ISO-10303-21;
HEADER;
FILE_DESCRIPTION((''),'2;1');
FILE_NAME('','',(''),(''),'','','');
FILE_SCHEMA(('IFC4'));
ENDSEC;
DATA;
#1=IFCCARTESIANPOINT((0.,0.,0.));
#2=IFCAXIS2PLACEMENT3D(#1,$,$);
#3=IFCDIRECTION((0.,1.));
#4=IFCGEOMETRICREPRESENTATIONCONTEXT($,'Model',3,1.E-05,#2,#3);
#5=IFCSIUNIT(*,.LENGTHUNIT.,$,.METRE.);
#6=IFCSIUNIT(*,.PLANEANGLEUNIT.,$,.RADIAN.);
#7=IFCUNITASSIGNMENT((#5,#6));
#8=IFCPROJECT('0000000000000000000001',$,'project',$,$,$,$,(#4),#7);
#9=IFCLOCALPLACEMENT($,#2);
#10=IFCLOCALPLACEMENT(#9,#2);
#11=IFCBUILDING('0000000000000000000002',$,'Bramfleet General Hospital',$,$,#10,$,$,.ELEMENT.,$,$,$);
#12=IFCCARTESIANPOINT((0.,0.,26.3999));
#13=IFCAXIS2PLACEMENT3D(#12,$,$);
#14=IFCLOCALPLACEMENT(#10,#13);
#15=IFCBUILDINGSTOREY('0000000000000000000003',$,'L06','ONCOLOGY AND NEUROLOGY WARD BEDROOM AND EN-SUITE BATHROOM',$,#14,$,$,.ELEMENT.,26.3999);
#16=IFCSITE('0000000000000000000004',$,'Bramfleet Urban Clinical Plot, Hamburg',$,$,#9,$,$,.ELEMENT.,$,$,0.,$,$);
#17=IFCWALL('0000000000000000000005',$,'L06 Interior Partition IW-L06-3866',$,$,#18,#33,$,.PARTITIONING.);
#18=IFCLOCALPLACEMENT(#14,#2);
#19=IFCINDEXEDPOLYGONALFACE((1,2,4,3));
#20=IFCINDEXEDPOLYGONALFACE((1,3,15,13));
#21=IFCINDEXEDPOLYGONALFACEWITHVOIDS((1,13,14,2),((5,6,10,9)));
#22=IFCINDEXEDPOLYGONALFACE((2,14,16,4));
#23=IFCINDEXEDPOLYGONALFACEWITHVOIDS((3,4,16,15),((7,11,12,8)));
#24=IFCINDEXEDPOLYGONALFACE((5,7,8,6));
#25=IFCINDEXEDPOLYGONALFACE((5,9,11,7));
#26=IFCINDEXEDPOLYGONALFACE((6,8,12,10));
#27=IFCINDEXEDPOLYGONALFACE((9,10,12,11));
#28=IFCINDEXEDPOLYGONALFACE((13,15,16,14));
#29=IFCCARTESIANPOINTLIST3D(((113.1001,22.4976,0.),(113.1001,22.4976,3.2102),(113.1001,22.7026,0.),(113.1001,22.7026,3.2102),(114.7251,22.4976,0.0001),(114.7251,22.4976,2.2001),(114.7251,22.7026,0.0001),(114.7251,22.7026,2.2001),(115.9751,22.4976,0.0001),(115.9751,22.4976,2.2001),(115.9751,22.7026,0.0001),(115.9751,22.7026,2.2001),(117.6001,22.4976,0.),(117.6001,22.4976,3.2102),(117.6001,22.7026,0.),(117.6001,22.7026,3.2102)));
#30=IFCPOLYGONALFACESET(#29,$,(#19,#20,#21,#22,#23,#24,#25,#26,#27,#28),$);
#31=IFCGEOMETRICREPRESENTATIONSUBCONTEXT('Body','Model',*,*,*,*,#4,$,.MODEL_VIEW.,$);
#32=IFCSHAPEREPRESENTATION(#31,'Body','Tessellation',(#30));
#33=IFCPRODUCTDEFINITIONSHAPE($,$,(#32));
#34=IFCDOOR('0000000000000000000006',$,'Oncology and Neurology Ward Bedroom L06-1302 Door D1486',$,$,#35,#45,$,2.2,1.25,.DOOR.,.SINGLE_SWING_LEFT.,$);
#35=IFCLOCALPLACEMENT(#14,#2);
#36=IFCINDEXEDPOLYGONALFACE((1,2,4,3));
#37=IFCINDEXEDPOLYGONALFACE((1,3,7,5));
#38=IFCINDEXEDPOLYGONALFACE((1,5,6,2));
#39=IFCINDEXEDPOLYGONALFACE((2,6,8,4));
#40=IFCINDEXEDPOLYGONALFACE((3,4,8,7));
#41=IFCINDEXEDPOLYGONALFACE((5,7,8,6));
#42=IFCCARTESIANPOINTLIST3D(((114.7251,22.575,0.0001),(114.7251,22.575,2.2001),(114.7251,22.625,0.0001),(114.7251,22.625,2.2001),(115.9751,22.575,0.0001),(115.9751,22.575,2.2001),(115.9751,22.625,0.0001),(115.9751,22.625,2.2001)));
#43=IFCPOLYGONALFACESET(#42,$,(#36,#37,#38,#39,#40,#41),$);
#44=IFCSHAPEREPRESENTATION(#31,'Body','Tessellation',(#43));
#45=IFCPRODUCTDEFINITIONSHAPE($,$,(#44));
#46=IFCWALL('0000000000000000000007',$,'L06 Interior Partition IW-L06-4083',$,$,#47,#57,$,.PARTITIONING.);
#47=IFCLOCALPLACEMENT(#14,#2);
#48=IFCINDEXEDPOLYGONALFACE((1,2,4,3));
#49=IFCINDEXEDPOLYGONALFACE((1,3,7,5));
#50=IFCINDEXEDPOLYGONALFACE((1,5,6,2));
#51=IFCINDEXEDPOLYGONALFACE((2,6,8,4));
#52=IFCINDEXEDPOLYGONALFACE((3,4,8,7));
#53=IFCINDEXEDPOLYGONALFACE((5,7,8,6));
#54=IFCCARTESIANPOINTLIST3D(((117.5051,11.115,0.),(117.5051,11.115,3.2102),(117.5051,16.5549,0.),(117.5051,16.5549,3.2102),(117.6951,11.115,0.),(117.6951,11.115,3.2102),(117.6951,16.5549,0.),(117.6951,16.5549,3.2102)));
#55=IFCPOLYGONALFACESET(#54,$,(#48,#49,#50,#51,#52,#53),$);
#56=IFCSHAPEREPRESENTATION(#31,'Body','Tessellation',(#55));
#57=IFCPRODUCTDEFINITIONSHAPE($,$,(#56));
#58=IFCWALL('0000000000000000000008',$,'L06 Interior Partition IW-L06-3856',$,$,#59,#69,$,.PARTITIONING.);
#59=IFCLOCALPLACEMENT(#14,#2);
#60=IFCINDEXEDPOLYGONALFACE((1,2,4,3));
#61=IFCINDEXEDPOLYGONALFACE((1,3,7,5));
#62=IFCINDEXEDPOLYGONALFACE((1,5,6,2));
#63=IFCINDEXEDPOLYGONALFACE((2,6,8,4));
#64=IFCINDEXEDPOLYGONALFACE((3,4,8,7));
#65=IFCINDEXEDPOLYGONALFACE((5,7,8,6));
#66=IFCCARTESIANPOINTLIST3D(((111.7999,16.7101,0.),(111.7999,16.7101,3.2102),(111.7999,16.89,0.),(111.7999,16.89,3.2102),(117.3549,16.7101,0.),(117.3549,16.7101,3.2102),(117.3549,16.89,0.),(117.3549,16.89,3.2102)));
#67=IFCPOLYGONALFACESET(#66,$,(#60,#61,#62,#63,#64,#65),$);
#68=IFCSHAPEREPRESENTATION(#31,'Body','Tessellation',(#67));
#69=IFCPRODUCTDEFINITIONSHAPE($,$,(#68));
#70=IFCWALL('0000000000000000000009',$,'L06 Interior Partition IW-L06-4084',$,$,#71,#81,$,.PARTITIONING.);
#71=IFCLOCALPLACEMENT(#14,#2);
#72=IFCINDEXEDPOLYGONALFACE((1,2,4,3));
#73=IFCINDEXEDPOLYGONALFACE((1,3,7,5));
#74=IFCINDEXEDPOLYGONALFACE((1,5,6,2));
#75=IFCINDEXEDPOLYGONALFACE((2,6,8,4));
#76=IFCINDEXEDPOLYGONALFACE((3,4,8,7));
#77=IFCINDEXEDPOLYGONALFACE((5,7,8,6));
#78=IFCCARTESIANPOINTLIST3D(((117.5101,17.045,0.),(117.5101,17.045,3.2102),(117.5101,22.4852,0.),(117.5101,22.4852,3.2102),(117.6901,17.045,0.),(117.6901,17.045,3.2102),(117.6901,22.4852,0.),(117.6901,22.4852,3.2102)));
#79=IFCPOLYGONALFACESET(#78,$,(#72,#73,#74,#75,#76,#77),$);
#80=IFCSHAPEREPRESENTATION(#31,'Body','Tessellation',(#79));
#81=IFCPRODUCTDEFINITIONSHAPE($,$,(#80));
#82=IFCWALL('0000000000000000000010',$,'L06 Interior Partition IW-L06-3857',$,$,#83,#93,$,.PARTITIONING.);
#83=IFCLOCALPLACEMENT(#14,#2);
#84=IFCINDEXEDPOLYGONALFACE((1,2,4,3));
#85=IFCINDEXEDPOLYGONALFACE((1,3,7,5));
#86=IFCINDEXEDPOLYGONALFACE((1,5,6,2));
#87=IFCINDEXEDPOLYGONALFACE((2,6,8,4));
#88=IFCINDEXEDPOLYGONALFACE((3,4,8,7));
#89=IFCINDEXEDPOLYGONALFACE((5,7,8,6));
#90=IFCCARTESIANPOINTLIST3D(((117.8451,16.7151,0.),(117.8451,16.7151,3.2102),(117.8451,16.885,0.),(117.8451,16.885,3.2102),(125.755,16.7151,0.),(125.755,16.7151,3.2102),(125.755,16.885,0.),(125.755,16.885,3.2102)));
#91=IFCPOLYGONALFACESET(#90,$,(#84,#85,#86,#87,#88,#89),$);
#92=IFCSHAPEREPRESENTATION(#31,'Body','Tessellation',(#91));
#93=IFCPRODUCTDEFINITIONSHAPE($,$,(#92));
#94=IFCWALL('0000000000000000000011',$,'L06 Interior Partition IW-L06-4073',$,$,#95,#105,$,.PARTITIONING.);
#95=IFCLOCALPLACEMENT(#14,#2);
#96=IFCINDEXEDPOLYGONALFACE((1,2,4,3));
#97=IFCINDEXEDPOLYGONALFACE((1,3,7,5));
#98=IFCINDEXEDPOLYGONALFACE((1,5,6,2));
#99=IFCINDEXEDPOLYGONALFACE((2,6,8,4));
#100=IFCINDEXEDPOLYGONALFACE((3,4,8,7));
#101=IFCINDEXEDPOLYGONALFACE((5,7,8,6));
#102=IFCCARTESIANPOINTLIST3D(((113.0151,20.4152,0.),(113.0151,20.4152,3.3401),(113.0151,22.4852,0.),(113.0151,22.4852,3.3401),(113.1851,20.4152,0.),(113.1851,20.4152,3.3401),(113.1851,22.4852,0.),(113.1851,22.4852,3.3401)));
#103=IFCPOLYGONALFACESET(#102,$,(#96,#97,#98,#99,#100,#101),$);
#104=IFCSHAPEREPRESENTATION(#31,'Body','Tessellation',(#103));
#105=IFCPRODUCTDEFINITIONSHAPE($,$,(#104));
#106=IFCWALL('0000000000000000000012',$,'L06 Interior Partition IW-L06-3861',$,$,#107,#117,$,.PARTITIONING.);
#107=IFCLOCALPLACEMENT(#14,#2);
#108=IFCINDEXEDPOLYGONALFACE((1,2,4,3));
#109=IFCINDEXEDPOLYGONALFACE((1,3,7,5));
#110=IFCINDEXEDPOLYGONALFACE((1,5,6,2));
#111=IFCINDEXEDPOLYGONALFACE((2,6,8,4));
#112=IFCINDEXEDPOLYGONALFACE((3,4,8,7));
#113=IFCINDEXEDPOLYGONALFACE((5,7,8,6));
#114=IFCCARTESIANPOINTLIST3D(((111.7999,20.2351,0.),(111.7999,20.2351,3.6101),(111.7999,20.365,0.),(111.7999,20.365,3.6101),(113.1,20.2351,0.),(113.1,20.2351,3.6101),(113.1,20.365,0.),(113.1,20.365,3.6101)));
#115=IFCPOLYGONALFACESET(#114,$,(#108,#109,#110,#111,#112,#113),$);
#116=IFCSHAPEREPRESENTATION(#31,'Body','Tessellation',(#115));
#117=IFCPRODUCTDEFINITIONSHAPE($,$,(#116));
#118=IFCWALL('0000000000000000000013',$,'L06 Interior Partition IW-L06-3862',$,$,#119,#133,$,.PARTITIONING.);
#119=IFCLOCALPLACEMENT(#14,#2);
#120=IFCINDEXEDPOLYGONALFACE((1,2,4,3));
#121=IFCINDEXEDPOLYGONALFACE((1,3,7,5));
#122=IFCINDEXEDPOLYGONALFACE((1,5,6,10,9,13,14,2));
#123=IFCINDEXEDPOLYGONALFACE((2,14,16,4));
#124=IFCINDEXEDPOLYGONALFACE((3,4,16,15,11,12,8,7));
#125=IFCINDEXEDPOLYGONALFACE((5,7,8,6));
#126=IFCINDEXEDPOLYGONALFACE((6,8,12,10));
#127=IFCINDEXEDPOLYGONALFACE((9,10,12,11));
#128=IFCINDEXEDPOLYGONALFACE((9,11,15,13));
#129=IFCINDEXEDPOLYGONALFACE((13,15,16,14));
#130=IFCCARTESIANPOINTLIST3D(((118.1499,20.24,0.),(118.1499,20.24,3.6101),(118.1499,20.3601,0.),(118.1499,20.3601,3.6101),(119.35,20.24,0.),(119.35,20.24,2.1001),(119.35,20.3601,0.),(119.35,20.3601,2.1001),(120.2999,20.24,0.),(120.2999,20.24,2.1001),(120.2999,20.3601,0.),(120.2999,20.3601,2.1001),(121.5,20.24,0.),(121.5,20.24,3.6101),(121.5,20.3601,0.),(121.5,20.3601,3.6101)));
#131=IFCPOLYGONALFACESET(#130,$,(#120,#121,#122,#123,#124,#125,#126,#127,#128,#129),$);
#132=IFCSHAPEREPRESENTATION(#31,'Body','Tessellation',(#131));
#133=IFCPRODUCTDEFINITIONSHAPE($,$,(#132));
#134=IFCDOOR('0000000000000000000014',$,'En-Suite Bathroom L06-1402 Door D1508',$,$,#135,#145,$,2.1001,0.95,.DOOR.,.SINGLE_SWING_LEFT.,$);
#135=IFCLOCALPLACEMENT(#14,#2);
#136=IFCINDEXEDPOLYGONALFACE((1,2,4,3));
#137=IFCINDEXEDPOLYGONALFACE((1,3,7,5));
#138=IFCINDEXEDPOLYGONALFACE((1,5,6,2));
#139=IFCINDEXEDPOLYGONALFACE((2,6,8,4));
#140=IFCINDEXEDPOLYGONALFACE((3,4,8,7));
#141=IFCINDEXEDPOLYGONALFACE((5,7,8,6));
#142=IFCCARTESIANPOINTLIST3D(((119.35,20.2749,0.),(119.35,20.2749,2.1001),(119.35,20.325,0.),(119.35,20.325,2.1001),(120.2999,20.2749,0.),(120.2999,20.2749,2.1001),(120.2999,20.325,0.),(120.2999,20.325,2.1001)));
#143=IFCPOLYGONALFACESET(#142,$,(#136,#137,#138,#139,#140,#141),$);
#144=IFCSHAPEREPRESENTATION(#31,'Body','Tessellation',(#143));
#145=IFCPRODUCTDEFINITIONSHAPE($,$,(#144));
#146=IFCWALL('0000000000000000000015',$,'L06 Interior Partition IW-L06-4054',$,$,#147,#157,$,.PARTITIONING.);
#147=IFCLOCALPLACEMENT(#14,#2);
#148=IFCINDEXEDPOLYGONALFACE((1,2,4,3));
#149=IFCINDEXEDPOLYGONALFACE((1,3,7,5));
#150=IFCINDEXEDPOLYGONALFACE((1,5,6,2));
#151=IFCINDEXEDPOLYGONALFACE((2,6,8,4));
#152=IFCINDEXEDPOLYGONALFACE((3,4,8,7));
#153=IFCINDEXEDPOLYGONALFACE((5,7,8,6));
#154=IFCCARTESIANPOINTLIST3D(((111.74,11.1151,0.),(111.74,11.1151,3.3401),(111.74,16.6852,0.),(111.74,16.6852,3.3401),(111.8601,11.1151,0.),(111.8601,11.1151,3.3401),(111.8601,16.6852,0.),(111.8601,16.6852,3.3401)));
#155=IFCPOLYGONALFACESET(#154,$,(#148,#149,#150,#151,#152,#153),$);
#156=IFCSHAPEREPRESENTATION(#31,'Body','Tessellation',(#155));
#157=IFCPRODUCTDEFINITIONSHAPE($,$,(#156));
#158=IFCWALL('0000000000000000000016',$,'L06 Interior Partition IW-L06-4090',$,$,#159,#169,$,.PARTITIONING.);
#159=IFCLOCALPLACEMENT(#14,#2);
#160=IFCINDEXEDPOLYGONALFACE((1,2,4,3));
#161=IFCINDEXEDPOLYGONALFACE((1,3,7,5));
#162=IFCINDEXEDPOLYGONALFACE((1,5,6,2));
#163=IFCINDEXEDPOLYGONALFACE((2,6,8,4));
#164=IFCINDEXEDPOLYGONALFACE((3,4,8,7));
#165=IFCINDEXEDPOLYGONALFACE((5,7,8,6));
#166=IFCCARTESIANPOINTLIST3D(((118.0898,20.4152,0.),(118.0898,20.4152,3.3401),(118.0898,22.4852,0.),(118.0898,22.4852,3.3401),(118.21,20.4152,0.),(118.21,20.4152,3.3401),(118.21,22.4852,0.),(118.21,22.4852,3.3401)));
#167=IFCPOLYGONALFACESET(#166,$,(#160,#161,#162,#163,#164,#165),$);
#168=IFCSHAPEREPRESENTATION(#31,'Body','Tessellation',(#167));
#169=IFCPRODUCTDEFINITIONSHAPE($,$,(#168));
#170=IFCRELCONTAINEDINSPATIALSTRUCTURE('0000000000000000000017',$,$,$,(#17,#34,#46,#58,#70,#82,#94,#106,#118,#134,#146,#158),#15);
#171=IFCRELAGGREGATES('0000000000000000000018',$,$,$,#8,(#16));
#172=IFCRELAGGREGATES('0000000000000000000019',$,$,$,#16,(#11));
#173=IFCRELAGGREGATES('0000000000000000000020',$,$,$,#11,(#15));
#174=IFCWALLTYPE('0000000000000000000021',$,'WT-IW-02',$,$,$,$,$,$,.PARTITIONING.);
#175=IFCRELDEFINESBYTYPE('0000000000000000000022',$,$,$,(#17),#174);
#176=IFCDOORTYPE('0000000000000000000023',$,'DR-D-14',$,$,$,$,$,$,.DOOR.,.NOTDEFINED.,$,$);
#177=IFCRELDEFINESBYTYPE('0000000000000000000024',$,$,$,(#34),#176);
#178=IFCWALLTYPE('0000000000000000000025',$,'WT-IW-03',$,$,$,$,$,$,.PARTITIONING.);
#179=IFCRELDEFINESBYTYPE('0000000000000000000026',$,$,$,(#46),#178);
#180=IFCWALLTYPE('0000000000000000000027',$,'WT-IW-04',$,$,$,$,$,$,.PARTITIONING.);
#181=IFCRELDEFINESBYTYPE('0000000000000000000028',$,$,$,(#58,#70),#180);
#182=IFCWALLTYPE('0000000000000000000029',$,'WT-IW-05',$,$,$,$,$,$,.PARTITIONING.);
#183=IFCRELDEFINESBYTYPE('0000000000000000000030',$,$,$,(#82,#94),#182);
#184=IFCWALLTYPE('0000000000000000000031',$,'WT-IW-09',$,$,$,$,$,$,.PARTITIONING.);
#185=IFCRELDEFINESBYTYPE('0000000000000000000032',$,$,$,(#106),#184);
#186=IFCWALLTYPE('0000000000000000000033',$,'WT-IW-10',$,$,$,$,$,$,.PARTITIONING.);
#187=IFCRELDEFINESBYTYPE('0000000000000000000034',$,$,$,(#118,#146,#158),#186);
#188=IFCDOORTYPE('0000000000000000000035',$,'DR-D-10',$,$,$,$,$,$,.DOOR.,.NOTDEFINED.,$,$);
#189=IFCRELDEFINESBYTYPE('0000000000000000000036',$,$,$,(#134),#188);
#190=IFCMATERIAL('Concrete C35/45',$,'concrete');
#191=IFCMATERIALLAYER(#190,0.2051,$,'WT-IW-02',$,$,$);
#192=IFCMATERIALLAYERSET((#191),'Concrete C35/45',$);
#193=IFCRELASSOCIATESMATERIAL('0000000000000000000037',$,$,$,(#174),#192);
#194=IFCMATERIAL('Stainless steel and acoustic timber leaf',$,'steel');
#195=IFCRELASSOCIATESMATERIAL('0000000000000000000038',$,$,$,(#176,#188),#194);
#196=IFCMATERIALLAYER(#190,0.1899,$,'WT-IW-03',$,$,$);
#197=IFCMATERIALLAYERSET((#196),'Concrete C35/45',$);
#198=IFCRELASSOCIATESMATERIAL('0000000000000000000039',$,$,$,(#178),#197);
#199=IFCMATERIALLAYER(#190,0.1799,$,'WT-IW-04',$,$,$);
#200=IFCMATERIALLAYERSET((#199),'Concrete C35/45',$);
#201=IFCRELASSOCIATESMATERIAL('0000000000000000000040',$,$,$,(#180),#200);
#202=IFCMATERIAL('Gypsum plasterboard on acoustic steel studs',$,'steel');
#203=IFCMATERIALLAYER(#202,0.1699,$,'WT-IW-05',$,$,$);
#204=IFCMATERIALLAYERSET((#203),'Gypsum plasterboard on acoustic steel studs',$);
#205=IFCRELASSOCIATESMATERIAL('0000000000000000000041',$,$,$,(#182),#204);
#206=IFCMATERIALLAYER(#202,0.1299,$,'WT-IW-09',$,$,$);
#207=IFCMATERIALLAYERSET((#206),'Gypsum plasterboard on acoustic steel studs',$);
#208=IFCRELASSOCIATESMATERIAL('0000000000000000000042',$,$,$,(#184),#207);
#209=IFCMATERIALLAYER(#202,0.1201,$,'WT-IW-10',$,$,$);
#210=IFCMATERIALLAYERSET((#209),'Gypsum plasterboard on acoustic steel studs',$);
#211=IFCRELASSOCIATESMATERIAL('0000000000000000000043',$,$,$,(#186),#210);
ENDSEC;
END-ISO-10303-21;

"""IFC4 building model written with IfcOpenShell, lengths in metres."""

from ifc_helpers import new_model, si_unit, direction, frame, frame_2d, origin, place, context, subcontext, project, spatial, rectangle, extrude, material, layer, layer_set, type_object, element, fill, save


model = new_model("IFC4")

# Units and contexts
model_context = context("Model", 3, precision=1e-05, world=origin(), true_north=direction((0.0, 1.0)))
body_context = subcontext(model_context, "Body", "Model", "MODEL_VIEW")
ifc_project = project(units=[si_unit("LENGTHUNIT", "METRE"), si_unit("PLANEANGLEUNIT", "RADIAN")], contexts=[model_context])

# Site, building, storey
site_placement = place(None, origin())
site = spatial("IfcSite", under=ifc_project, at=site_placement, Name="Bramfleet Urban Clinical Plot, Hamburg", CompositionType="ELEMENT", RefElevation=0.0)
building_placement = place(site_placement, origin())
building = spatial("IfcBuilding", under=site, at=building_placement, Name="Bramfleet General Hospital", CompositionType="ELEMENT")
storey_placement = place(building_placement, frame((0.0, 0.0, 26.3999)))
storey = spatial("IfcBuildingStorey", under=building, at=storey_placement, Name="L06", Description="ONCOLOGY AND NEUROLOGY WARD BEDROOM AND EN-SUITE BATHROOM", CompositionType="ELEMENT", Elevation=26.3999)

# Wall, opening, door
ifc_material_1 = material(Name="Concrete C35/45", Category="concrete")
ifc_layer_1 = layer(ifc_material_1, 0.2051, Name="WT-IW-02")
ifc_layer_set_1 = layer_set([ifc_layer_1], Name="Concrete C35/45")
wall_type_1 = type_object("IfcWallType", Name="WT-IW-02", PredefinedType="PARTITIONING", material=ifc_layer_set_1)
wall_1_placement = place(storey_placement, frame((113.1001, 22.6001, 0.0), z_axis=(0.0, 0.0, 1.0), x_axis=(1.0, 0.0, 0.0)))
wall_1 = element("IfcWall", 1, at=wall_1_placement, inside=storey, type_object=wall_type_1, Name="L06 Interior Partition IW-L06-3866", PredefinedType="PARTITIONING", context=body_context, shape_type="SweptSolid", body=[
    extrude(rectangle(XDim=4.5, YDim=0.2051, at=frame_2d((2.25, 0.0))), origin(), (0.0, 0.0, 1.0), 3.2102),
])
opening_1_placement = place(wall_1_placement, frame((1.625, 0.0, 0.0)))
opening_1 = element("IfcOpeningElement", 2, at=opening_1_placement, cuts=wall_1, PredefinedType="OPENING", context=body_context, shape_type="SweptSolid", body=[
    extrude(rectangle(XDim=1.25, YDim=2.2, at=frame_2d((0.625, 1.1001))), frame((0.0, 0.1125, 0.0), z_axis=(0.0, -1.0, 0.0), x_axis=(1.0, 0.0, 0.0)), (0.0, 0.0, 1.0), 0.2251),
])
ifc_material_2 = material(Name="Stainless steel and acoustic timber leaf", Category="steel")
door_type_1 = type_object("IfcDoorType", Name="DR-D-14", OperationType="NOTDEFINED", PredefinedType="DOOR", material=ifc_material_2)
door_1_placement = place(opening_1_placement, origin())
door_1 = element("IfcDoor", 3, at=door_1_placement, inside=storey, type_object=door_type_1, Name="Oncology and Neurology Ward Bedroom L06-1302 Door D1486", OperationType="SINGLE_SWING_LEFT", OverallHeight=2.2, OverallWidth=1.25, PredefinedType="DOOR", context=body_context, shape_type="SweptSolid", body=[
    extrude(rectangle(XDim=1.25, YDim=2.2, at=frame_2d((0.625, 1.1001))), frame((0.0, 0.0249, 0.0), z_axis=(0.0, -1.0, 0.0), x_axis=(1.0, 0.0, 0.0)), (0.0, 0.0, 1.0), 0.05),
])
fill(opening_1, door_1)

# Walls
ifc_layer_2 = layer(ifc_material_1, 0.1899, Name="WT-IW-03")
ifc_layer_set_2 = layer_set([ifc_layer_2], Name="Concrete C35/45")
wall_type_2 = type_object("IfcWallType", Name="WT-IW-03", PredefinedType="PARTITIONING", material=ifc_layer_set_2)
wall_2_placement = place(storey_placement, frame((117.6001, 11.115, 0.0), z_axis=(0.0, 0.0, 1.0), x_axis=(0.0, 1.0, 0.0)))
element("IfcWall", 4, at=wall_2_placement, inside=storey, type_object=wall_type_2, Name="L06 Interior Partition IW-L06-4083", PredefinedType="PARTITIONING", context=body_context, shape_type="SweptSolid", body=[
    extrude(rectangle(XDim=5.4399, YDim=0.1899, at=frame_2d((2.72, 0.0))), origin(), (0.0, 0.0, 1.0), 3.2102),
])
ifc_layer_3 = layer(ifc_material_1, 0.1799, Name="WT-IW-04")
ifc_layer_set_3 = layer_set([ifc_layer_3], Name="Concrete C35/45")
wall_type_3 = type_object("IfcWallType", Name="WT-IW-04", PredefinedType="PARTITIONING", material=ifc_layer_set_3)
wall_3_placement = place(storey_placement, frame((111.8, 16.8, 0.0), z_axis=(0.0, 0.0, 1.0), x_axis=(1.0, 0.0, 0.0)))
element("IfcWall", 5, at=wall_3_placement, inside=storey, type_object=wall_type_3, Name="L06 Interior Partition IW-L06-3856", PredefinedType="PARTITIONING", context=body_context, shape_type="SweptSolid", body=[
    extrude(rectangle(XDim=5.5549, YDim=0.1799, at=frame_2d((2.7773, 0.0))), origin(), (0.0, 0.0, 1.0), 3.2102),
])
wall_4_placement = place(storey_placement, frame((117.6001, 17.0449, 0.0), z_axis=(0.0, 0.0, 1.0), x_axis=(0.0, 1.0, 0.0)))
element("IfcWall", 6, at=wall_4_placement, inside=storey, type_object=wall_type_3, Name="L06 Interior Partition IW-L06-4084", PredefinedType="PARTITIONING", context=body_context, shape_type="SweptSolid", body=[
    extrude(rectangle(XDim=5.4402, YDim=0.1799, at=frame_2d((2.7202, 0.0))), origin(), (0.0, 0.0, 1.0), 3.2102),
])
ifc_material_3 = material(Name="Gypsum plasterboard on acoustic steel studs", Category="steel")
ifc_layer_4 = layer(ifc_material_3, 0.1699, Name="WT-IW-05")
ifc_layer_set_4 = layer_set([ifc_layer_4], Name="Gypsum plasterboard on acoustic steel studs")
wall_type_4 = type_object("IfcWallType", Name="WT-IW-05", PredefinedType="PARTITIONING", material=ifc_layer_set_4)
wall_5_placement = place(storey_placement, frame((117.845, 16.8, 0.0), z_axis=(0.0, 0.0, 1.0), x_axis=(1.0, 0.0, 0.0)))
element("IfcWall", 7, at=wall_5_placement, inside=storey, type_object=wall_type_4, Name="L06 Interior Partition IW-L06-3857", PredefinedType="PARTITIONING", context=body_context, shape_type="SweptSolid", body=[
    extrude(rectangle(XDim=7.9099, YDim=0.1699, at=frame_2d((3.9551, 0.0))), origin(), (0.0, 0.0, 1.0), 3.2102),
])
wall_6_placement = place(storey_placement, frame((113.1001, 20.415, 0.0), z_axis=(0.0, 0.0, 1.0), x_axis=(0.0, 1.0, 0.0)))
element("IfcWall", 8, at=wall_6_placement, inside=storey, type_object=wall_type_4, Name="L06 Interior Partition IW-L06-4073", PredefinedType="PARTITIONING", context=body_context, shape_type="SweptSolid", body=[
    extrude(rectangle(XDim=2.0701, YDim=0.1699, at=frame_2d((1.0352, 0.0))), origin(), (0.0, 0.0, 1.0), 3.3401),
])
ifc_layer_5 = layer(ifc_material_3, 0.1299, Name="WT-IW-09")
ifc_layer_set_5 = layer_set([ifc_layer_5], Name="Gypsum plasterboard on acoustic steel studs")
wall_type_5 = type_object("IfcWallType", Name="WT-IW-09", PredefinedType="PARTITIONING", material=ifc_layer_set_5)
wall_7_placement = place(storey_placement, frame((111.8, 20.3, 0.0), z_axis=(0.0, 0.0, 1.0), x_axis=(1.0, 0.0, 0.0)))
element("IfcWall", 9, at=wall_7_placement, inside=storey, type_object=wall_type_5, Name="L06 Interior Partition IW-L06-3861", PredefinedType="PARTITIONING", context=body_context, shape_type="SweptSolid", body=[
    extrude(rectangle(XDim=1.3, YDim=0.1299, at=frame_2d((0.6499, 0.0))), origin(), (0.0, 0.0, 1.0), 3.6101),
])

# Wall, opening, door
ifc_layer_6 = layer(ifc_material_3, 0.1201, Name="WT-IW-10")
ifc_layer_set_6 = layer_set([ifc_layer_6], Name="Gypsum plasterboard on acoustic steel studs")
wall_type_6 = type_object("IfcWallType", Name="WT-IW-10", PredefinedType="PARTITIONING", material=ifc_layer_set_6)
wall_8_placement = place(storey_placement, frame((118.1499, 20.3, 0.0), z_axis=(0.0, 0.0, 1.0), x_axis=(1.0, 0.0, 0.0)))
wall_8 = element("IfcWall", 10, at=wall_8_placement, inside=storey, type_object=wall_type_6, Name="L06 Interior Partition IW-L06-3862", PredefinedType="PARTITIONING", context=body_context, shape_type="SweptSolid", body=[
    extrude(rectangle(XDim=3.3501, YDim=0.1201, at=frame_2d((1.675, 0.0))), origin(), (0.0, 0.0, 1.0), 3.6101),
])
opening_2_placement = place(wall_8_placement, frame((1.2, 0.0, 0.0)))
opening_2 = element("IfcOpeningElement", 11, at=opening_2_placement, cuts=wall_8, PredefinedType="OPENING", context=body_context, shape_type="SweptSolid", body=[
    extrude(rectangle(XDim=0.95, YDim=2.1001, at=frame_2d((0.4751, 1.05))), frame((0.0, 0.0701, 0.0), z_axis=(0.0, -1.0, 0.0), x_axis=(1.0, 0.0, 0.0)), (0.0, 0.0, 1.0), 0.1401),
])
door_type_2 = type_object("IfcDoorType", Name="DR-D-10", OperationType="NOTDEFINED", PredefinedType="DOOR", material=ifc_material_2)
door_2_placement = place(opening_2_placement, origin())
door_2 = element("IfcDoor", 12, at=door_2_placement, inside=storey, type_object=door_type_2, Name="En-Suite Bathroom L06-1402 Door D1508", OperationType="SINGLE_SWING_LEFT", OverallHeight=2.1001, OverallWidth=0.95, PredefinedType="DOOR", context=body_context, shape_type="SweptSolid", body=[
    extrude(rectangle(XDim=0.95, YDim=2.1001, at=frame_2d((0.4751, 1.05))), frame((0.0, 0.0249, 0.0), z_axis=(0.0, -1.0, 0.0), x_axis=(1.0, 0.0, 0.0)), (0.0, 0.0, 1.0), 0.05),
])
fill(opening_2, door_2)

# Walls
wall_9_placement = place(storey_placement, frame((111.8, 11.115, 0.0), z_axis=(0.0, 0.0, 1.0), x_axis=(0.0, 1.0, 0.0)))
element("IfcWall", 13, at=wall_9_placement, inside=storey, type_object=wall_type_6, Name="L06 Interior Partition IW-L06-4054", PredefinedType="PARTITIONING", context=body_context, shape_type="SweptSolid", body=[
    extrude(rectangle(XDim=5.5701, YDim=0.1201, at=frame_2d((2.7852, 0.0))), origin(), (0.0, 0.0, 1.0), 3.3401),
])
wall_10_placement = place(storey_placement, frame((118.1499, 20.415, 0.0), z_axis=(0.0, 0.0, 1.0), x_axis=(0.0, 1.0, 0.0)))
element("IfcWall", 14, at=wall_10_placement, inside=storey, type_object=wall_type_6, Name="L06 Interior Partition IW-L06-4090", PredefinedType="PARTITIONING", context=body_context, shape_type="SweptSolid", body=[
    extrude(rectangle(XDim=2.0701, YDim=0.1201, at=frame_2d((1.0352, 0.0))), origin(), (0.0, 0.0, 1.0), 3.3401),
])

save(model, "model.ifc")
